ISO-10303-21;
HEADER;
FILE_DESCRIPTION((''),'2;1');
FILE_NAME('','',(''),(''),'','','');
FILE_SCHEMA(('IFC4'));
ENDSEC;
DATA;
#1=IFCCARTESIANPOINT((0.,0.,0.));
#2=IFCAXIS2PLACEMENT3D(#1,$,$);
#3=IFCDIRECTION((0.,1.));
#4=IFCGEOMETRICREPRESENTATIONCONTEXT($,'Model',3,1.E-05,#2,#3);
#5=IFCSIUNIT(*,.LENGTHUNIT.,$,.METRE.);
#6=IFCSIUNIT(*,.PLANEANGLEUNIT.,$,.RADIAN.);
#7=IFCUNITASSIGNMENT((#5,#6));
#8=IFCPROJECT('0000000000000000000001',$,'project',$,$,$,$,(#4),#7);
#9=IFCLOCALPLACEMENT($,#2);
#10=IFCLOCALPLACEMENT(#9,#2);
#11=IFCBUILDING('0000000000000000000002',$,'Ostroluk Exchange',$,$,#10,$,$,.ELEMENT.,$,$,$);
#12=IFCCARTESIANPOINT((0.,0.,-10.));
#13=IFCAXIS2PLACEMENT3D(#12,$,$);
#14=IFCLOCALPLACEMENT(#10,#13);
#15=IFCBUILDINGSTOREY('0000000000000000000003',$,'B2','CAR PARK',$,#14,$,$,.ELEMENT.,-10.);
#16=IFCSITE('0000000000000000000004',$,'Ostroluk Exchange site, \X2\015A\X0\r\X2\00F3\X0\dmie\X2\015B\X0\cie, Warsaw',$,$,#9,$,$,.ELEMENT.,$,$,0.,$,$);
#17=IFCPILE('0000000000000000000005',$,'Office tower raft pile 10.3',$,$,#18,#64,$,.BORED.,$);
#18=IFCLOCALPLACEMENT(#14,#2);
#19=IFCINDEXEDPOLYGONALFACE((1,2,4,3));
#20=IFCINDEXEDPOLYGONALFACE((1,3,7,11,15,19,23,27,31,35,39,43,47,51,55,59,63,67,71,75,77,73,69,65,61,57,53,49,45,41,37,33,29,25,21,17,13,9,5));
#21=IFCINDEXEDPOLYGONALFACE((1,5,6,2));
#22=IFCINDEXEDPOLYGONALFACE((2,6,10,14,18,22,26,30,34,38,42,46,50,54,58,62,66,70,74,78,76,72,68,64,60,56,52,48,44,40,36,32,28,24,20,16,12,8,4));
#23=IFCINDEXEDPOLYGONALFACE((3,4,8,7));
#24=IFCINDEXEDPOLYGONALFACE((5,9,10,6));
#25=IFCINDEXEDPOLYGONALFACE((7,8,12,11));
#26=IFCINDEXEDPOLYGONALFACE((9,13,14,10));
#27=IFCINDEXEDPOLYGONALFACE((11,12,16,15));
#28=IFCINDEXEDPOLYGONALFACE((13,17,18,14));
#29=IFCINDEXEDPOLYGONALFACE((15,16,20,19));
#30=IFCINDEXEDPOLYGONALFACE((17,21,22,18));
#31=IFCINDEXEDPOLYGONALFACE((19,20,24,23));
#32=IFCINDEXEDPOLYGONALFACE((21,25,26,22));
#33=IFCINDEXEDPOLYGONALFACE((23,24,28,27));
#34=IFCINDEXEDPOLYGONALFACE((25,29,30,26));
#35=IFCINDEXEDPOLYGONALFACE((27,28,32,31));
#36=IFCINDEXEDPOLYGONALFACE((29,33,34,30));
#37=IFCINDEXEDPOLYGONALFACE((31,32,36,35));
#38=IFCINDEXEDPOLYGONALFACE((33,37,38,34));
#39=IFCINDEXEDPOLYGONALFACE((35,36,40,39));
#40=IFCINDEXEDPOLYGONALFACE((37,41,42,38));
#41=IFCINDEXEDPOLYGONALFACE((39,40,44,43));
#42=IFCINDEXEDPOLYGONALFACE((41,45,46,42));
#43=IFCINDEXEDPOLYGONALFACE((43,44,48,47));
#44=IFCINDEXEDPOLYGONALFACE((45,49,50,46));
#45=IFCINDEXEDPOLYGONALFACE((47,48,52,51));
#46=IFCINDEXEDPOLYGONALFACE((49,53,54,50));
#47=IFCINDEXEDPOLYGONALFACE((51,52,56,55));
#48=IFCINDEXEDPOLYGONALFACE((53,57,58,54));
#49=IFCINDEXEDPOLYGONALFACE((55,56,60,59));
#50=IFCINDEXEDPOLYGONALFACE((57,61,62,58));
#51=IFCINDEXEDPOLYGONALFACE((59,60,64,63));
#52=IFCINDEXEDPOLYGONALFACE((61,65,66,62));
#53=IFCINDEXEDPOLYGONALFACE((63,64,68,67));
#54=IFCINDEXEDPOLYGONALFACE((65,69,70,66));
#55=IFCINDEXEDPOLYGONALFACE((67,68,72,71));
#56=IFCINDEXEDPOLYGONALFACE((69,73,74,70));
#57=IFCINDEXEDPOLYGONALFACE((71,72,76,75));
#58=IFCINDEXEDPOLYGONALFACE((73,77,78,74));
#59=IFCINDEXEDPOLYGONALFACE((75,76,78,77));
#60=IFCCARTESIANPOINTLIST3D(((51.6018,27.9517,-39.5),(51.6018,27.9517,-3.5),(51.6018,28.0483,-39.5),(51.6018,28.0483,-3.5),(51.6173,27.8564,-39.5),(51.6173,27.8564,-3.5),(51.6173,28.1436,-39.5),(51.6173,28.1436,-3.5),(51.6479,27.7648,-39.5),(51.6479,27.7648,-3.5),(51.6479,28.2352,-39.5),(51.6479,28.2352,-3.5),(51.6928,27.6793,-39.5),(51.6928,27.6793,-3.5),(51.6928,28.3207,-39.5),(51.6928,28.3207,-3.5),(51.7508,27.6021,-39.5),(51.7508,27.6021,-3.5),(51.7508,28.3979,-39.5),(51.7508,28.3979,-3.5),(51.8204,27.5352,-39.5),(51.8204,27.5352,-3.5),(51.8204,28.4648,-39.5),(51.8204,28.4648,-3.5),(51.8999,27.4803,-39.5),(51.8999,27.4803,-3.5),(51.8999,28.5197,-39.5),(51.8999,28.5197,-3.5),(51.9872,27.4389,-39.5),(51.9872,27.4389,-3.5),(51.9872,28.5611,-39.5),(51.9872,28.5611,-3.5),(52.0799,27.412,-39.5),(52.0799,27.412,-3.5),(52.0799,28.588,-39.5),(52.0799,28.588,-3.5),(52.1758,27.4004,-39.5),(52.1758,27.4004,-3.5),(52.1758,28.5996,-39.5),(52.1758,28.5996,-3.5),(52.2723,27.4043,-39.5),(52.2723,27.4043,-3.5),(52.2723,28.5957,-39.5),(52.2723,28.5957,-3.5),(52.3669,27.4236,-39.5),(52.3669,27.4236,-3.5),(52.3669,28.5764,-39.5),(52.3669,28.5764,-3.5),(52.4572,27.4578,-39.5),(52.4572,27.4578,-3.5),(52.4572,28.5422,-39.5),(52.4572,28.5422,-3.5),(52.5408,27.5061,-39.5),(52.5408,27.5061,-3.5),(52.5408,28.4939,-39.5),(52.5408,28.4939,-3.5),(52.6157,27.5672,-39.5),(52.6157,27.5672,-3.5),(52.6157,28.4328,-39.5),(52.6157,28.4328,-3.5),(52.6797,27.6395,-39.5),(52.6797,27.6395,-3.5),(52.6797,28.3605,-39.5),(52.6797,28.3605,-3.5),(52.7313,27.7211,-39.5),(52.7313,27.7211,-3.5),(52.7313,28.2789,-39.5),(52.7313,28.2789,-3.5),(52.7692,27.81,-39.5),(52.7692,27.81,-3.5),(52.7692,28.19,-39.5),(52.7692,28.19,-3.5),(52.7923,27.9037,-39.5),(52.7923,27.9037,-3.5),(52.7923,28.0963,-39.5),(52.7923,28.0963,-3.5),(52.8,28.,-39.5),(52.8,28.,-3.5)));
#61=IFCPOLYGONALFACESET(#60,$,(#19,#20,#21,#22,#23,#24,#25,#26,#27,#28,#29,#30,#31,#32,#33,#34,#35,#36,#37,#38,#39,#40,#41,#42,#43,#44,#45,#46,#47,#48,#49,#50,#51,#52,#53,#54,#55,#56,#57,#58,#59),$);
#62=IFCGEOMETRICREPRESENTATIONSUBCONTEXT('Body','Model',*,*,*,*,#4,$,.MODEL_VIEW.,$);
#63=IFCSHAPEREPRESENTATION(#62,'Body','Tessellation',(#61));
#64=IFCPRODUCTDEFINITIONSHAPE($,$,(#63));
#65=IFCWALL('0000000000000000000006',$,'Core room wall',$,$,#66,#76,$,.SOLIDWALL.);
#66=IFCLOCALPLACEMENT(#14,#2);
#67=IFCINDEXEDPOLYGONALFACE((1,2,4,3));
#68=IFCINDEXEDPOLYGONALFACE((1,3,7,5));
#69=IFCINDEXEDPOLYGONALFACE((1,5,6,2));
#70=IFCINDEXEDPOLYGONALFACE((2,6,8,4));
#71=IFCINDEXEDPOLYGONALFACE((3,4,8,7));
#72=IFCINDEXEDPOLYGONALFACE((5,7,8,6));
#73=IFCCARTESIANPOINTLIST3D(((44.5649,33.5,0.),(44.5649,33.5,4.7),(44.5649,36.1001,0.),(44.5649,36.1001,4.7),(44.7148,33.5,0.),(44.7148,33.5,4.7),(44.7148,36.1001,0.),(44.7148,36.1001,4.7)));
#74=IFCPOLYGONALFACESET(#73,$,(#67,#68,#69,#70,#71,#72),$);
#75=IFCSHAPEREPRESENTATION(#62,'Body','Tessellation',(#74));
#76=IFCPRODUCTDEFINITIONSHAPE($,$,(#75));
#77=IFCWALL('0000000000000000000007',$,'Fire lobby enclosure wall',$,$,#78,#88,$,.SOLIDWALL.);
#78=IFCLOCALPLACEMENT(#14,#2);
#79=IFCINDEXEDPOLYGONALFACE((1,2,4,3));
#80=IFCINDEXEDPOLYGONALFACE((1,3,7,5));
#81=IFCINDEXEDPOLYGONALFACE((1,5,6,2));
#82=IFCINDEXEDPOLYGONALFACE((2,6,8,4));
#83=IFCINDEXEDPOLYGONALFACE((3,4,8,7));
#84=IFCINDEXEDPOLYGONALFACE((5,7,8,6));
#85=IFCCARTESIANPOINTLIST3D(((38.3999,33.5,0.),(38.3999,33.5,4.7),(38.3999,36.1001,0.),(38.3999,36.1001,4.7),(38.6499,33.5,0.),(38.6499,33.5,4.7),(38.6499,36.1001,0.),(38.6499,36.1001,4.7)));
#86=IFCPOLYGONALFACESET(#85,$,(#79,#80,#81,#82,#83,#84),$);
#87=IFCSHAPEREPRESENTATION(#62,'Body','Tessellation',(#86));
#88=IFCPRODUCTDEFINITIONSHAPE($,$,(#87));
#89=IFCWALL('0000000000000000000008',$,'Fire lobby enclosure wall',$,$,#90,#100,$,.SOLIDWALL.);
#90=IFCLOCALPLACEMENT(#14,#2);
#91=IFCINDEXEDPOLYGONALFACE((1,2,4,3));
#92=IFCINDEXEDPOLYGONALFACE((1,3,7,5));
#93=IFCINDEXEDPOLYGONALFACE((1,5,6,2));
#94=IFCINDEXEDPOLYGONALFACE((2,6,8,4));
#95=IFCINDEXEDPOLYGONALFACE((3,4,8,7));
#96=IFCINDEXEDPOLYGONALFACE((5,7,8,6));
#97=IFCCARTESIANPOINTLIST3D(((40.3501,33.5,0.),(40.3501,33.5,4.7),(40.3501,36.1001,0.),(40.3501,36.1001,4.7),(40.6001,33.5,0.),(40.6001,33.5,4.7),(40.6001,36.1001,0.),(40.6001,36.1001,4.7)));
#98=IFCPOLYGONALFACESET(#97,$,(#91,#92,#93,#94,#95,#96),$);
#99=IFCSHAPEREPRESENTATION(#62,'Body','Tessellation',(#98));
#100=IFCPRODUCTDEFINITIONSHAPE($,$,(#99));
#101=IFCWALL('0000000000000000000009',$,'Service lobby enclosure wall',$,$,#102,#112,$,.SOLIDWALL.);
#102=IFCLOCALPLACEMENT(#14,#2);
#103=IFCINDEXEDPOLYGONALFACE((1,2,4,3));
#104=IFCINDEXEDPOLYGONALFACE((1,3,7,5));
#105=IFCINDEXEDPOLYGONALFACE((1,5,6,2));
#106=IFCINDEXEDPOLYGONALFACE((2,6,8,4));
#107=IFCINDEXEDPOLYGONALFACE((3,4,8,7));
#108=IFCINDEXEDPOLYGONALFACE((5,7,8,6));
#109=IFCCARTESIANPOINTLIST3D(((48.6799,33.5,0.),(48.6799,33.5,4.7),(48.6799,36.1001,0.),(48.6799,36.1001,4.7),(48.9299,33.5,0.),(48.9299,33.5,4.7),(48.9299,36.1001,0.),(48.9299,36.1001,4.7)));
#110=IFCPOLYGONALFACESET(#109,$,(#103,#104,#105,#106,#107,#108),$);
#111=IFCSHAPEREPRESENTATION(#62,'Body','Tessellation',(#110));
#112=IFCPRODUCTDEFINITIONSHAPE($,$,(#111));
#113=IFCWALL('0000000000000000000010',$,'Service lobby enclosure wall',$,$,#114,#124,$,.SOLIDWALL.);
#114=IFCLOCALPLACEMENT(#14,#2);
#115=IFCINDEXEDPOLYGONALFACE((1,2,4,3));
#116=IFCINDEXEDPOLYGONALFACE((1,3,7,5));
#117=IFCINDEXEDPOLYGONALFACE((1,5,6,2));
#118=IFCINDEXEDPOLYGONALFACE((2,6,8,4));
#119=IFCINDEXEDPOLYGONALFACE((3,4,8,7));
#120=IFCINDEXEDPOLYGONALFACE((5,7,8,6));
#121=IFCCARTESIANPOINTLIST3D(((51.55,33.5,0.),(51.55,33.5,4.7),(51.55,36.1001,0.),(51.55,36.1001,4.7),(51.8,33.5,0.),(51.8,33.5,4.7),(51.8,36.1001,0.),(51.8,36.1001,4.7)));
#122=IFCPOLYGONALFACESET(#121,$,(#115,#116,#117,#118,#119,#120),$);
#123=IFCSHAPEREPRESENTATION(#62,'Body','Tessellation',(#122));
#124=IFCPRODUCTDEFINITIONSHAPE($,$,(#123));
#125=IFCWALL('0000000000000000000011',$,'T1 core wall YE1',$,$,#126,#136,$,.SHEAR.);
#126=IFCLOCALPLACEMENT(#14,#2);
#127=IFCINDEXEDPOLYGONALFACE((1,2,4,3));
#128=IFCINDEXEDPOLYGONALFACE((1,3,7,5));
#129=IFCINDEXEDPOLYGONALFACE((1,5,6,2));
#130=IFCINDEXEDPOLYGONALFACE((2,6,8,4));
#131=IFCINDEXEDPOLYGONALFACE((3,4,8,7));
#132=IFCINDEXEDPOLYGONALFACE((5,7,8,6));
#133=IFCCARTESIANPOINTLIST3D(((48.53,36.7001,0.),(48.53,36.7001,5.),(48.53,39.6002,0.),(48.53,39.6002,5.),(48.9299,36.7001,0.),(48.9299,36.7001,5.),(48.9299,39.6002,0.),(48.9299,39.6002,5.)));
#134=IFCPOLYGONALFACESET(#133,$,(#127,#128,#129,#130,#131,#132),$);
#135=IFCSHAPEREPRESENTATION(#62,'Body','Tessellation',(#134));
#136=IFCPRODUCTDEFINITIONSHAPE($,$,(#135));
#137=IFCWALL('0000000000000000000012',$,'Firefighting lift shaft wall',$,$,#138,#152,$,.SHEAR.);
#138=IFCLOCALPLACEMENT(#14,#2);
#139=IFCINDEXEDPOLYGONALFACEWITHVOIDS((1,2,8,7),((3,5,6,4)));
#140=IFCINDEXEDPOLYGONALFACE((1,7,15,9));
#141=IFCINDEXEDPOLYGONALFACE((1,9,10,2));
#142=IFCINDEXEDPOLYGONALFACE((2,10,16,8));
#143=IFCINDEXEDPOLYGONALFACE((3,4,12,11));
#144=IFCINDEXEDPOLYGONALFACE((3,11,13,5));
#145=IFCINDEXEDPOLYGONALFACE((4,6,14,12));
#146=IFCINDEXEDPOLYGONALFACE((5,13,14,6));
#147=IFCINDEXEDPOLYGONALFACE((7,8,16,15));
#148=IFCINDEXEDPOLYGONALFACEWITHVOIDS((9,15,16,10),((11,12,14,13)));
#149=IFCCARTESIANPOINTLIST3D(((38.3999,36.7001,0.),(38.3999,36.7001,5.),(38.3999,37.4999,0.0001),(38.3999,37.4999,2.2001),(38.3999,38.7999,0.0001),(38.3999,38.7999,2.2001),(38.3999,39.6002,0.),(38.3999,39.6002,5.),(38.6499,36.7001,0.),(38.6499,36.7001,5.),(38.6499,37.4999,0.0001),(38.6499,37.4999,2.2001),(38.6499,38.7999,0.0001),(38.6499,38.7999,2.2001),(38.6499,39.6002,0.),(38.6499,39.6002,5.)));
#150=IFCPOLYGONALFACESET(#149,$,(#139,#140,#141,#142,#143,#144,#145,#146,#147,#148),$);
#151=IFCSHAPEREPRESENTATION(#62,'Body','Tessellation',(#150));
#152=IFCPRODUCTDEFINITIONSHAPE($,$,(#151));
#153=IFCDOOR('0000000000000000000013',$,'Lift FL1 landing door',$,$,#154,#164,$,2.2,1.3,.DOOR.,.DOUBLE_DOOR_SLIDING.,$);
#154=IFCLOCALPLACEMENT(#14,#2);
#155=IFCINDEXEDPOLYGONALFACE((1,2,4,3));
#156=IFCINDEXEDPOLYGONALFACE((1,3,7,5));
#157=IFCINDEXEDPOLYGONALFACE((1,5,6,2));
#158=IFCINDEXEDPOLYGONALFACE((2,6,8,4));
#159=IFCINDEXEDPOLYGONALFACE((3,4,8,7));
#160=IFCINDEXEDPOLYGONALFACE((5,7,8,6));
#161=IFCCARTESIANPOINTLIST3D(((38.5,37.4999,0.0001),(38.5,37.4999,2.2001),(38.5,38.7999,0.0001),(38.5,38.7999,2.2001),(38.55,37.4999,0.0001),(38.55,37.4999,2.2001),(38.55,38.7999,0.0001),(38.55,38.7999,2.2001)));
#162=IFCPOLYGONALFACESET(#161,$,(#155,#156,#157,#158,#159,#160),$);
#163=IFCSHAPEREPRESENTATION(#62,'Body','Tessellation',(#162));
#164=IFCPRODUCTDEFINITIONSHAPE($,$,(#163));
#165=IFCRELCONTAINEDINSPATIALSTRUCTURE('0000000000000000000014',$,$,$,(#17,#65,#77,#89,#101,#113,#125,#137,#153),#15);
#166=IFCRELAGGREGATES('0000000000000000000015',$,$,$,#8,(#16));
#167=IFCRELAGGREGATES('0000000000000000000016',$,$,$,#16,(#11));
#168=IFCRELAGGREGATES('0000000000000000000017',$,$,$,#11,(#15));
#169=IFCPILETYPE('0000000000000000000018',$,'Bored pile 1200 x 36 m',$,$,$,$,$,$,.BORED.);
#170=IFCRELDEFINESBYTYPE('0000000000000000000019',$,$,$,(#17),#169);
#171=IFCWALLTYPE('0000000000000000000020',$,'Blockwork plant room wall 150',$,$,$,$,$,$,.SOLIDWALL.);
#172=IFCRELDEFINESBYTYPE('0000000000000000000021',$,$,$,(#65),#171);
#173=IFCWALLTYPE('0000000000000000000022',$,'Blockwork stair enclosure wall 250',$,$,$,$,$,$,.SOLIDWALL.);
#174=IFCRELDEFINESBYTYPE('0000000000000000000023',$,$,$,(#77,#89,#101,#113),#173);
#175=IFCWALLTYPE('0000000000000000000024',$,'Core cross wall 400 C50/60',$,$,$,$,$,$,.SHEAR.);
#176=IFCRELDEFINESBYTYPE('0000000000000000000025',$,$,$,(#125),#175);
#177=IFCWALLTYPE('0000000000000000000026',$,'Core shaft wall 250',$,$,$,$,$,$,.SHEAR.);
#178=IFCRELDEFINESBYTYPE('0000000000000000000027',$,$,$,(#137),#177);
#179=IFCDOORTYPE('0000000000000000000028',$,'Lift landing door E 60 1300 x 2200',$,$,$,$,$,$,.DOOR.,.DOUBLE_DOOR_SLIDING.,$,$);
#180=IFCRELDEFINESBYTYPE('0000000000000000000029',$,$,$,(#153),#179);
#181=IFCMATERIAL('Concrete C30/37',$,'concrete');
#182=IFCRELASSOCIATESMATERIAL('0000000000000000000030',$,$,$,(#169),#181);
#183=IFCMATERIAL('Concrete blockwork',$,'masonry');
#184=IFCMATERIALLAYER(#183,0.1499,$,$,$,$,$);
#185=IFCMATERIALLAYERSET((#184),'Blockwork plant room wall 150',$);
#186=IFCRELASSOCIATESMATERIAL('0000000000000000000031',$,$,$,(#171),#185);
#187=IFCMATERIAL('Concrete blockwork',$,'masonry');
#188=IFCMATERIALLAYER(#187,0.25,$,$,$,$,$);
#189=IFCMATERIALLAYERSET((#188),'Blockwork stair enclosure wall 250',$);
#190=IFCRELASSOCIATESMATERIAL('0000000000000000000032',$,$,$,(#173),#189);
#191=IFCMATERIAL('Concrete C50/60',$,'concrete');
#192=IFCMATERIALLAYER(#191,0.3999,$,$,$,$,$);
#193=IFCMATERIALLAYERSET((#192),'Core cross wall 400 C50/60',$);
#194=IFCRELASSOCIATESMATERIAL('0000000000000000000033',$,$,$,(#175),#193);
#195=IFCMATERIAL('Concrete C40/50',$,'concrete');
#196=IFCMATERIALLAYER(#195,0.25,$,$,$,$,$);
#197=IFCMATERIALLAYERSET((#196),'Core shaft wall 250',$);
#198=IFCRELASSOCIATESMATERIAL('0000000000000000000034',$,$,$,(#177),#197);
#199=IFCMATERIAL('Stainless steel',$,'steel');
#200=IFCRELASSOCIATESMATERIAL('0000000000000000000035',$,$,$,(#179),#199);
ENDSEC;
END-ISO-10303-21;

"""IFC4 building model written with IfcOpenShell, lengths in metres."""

from ifc_helpers import new_model, si_unit, direction, frame, frame_2d, origin, origin_2d, place, context, subcontext, project, spatial, rectangle, circle, extrude, material, layer, layer_set, type_object, element, fill, save


model = new_model("IFC4")

# Units and contexts
model_context = context("Model", 3, precision=1e-05, world=origin(), true_north=direction((0.0, 1.0)))
body_context = subcontext(model_context, "Body", "Model", "MODEL_VIEW")
ifc_project = project(units=[si_unit("LENGTHUNIT", "METRE"), si_unit("PLANEANGLEUNIT", "RADIAN")], contexts=[model_context])

# Site, building, storey
site_placement = place(None, origin())
site = spatial("IfcSite", under=ifc_project, at=site_placement, Name="Ostroluk Exchange site, Śródmieście, Warsaw", CompositionType="ELEMENT", RefElevation=0.0)
building_placement = place(site_placement, origin())
building = spatial("IfcBuilding", under=site, at=building_placement, Name="Ostroluk Exchange", CompositionType="ELEMENT")
storey_placement = place(building_placement, frame((0.0, 0.0, -10.0)))
storey = spatial("IfcBuildingStorey", under=building, at=storey_placement, Name="B2", Description="CAR PARK", CompositionType="ELEMENT", Elevation=-10.0)

# Pile
ifc_material_1 = material(Name="Concrete C30/37", Category="concrete")
pile_type = type_object("IfcPileType", Name="Bored pile 1200 x 36 m", PredefinedType="BORED", material=ifc_material_1)
for number, where, z_axis, x_axis, name in (
    (1, (52.2, 28.0, -3.5), (0.0, 0.0, -1.0), (1.0, 0.0, 0.0), "Office tower raft pile 10.3"),
):
    element("IfcPile", number, at=place(storey_placement, frame(where, z_axis=z_axis, x_axis=x_axis)), inside=storey, type_object=pile_type, Name=name, PredefinedType="BORED", context=body_context, shape_type="SweptSolid", body=[
        extrude(circle(Radius=0.6001, at=origin_2d()), origin(), (0.0, 0.0, 1.0), 36.0),
    ])

# Walls
ifc_material_2 = material(Name="Concrete blockwork", Category="masonry")
ifc_layer_1 = layer(ifc_material_2, 0.1499)
ifc_layer_set_1 = layer_set([ifc_layer_1], Name="Blockwork plant room wall 150")
wall_type_1 = type_object("IfcWallType", Name="Blockwork plant room wall 150", PredefinedType="SOLIDWALL", material=ifc_layer_set_1)
wall_1_placement = place(storey_placement, frame((44.6399, 33.5, 0.0), z_axis=(0.0, 0.0, 1.0), x_axis=(0.0, 1.0, 0.0)))
element("IfcWall", 2, at=wall_1_placement, inside=storey, type_object=wall_type_1, Name="Core room wall", PredefinedType="SOLIDWALL", context=body_context, shape_type="SweptSolid", body=[
    extrude(rectangle(XDim=2.6001, YDim=0.1499, at=frame_2d((1.3, 0.0))), origin(), (0.0, 0.0, 1.0), 4.7),
])
ifc_material_3 = material(Name="Concrete blockwork", Category="masonry")
ifc_layer_2 = layer(ifc_material_3, 0.25)
ifc_layer_set_2 = layer_set([ifc_layer_2], Name="Blockwork stair enclosure wall 250")
wall_type_2 = type_object("IfcWallType", Name="Blockwork stair enclosure wall 250", PredefinedType="SOLIDWALL", material=ifc_layer_set_2)
for number, where, z_axis, x_axis, name in (
    (3, (38.5249, 33.5, 0.0), (0.0, 0.0, 1.0), (0.0, 1.0, 0.0), "Fire lobby enclosure wall"),
    (4, (40.4751, 33.5, 0.0), (0.0, 0.0, 1.0), (0.0, 1.0, 0.0), "Fire lobby enclosure wall"),
    (5, (48.8049, 33.5, 0.0), (0.0, 0.0, 1.0), (0.0, 1.0, 0.0), "Service lobby enclosure wall"),
    (6, (51.675, 33.5, 0.0), (0.0, 0.0, 1.0), (0.0, 1.0, 0.0), "Service lobby enclosure wall"),
):
    element("IfcWall", number, at=place(storey_placement, frame(where, z_axis=z_axis, x_axis=x_axis)), inside=storey, type_object=wall_type_2, Name=name, PredefinedType="SOLIDWALL", context=body_context, shape_type="SweptSolid", body=[
        extrude(rectangle(XDim=2.6001, YDim=0.25, at=frame_2d((1.3, 0.0))), origin(), (0.0, 0.0, 1.0), 4.7),
    ])
ifc_material_4 = material(Name="Concrete C50/60", Category="concrete")
ifc_layer_3 = layer(ifc_material_4, 0.3999)
ifc_layer_set_3 = layer_set([ifc_layer_3], Name="Core cross wall 400 C50/60")
wall_type_3 = type_object("IfcWallType", Name="Core cross wall 400 C50/60", PredefinedType="SHEAR", material=ifc_layer_set_3)
wall_2_placement = place(storey_placement, frame((48.73, 36.7, 0.0), z_axis=(0.0, 0.0, 1.0), x_axis=(0.0, 1.0, 0.0)))
element("IfcWall", 7, at=wall_2_placement, inside=storey, type_object=wall_type_3, Name="T1 core wall YE1", PredefinedType="SHEAR", context=body_context, shape_type="SweptSolid", body=[
    extrude(rectangle(XDim=2.9001, YDim=0.3999, at=frame_2d((1.4502, 0.0))), origin(), (0.0, 0.0, 1.0), 5.0),
])

# Wall, opening, door
ifc_material_5 = material(Name="Concrete C40/50", Category="concrete")
ifc_layer_4 = layer(ifc_material_5, 0.25)
ifc_layer_set_4 = layer_set([ifc_layer_4], Name="Core shaft wall 250")
wall_type_4 = type_object("IfcWallType", Name="Core shaft wall 250", PredefinedType="SHEAR", material=ifc_layer_set_4)
wall_3_placement = place(storey_placement, frame((38.5249, 36.7, 0.0), z_axis=(0.0, 0.0, 1.0), x_axis=(0.0, 1.0, 0.0)))
wall_3 = element("IfcWall", 8, at=wall_3_placement, inside=storey, type_object=wall_type_4, Name="Firefighting lift shaft wall", PredefinedType="SHEAR", context=body_context, shape_type="SweptSolid", body=[
    extrude(rectangle(XDim=2.9001, YDim=0.25, at=frame_2d((1.4502, 0.0))), origin(), (0.0, 0.0, 1.0), 5.0),
])
opening_1_placement = place(wall_3_placement, frame((0.8, 0.0, 0.0)))
opening_1 = element("IfcOpeningElement", 9, at=opening_1_placement, cuts=wall_3, PredefinedType="OPENING", context=body_context, shape_type="SweptSolid", body=[
    extrude(rectangle(XDim=1.3, YDim=2.2, at=frame_2d((0.6499, 1.1001))), frame((0.0, 0.135, 0.0), z_axis=(0.0, -1.0, 0.0), x_axis=(1.0, 0.0, 0.0)), (0.0, 0.0, 1.0), 0.27),
])
ifc_material_6 = material(Name="Stainless steel", Category="steel")
door_type_1 = type_object("IfcDoorType", Name="Lift landing door E 60 1300 x 2200", OperationType="DOUBLE_DOOR_SLIDING", PredefinedType="DOOR", material=ifc_material_6)
door_1_placement = place(opening_1_placement, origin())
door_1 = element("IfcDoor", 10, at=door_1_placement, inside=storey, type_object=door_type_1, Name="Lift FL1 landing door", OperationType="DOUBLE_DOOR_SLIDING", OverallHeight=2.2, OverallWidth=1.3, PredefinedType="DOOR", context=body_context, shape_type="SweptSolid", body=[
    extrude(rectangle(XDim=1.3, YDim=2.2, at=frame_2d((0.6499, 1.1001))), frame((0.0, 0.0249, 0.0), z_axis=(0.0, -1.0, 0.0), x_axis=(1.0, 0.0, 0.0)), (0.0, 0.0, 1.0), 0.05),
])
fill(opening_1, door_1)

save(model, "model.ifc")
